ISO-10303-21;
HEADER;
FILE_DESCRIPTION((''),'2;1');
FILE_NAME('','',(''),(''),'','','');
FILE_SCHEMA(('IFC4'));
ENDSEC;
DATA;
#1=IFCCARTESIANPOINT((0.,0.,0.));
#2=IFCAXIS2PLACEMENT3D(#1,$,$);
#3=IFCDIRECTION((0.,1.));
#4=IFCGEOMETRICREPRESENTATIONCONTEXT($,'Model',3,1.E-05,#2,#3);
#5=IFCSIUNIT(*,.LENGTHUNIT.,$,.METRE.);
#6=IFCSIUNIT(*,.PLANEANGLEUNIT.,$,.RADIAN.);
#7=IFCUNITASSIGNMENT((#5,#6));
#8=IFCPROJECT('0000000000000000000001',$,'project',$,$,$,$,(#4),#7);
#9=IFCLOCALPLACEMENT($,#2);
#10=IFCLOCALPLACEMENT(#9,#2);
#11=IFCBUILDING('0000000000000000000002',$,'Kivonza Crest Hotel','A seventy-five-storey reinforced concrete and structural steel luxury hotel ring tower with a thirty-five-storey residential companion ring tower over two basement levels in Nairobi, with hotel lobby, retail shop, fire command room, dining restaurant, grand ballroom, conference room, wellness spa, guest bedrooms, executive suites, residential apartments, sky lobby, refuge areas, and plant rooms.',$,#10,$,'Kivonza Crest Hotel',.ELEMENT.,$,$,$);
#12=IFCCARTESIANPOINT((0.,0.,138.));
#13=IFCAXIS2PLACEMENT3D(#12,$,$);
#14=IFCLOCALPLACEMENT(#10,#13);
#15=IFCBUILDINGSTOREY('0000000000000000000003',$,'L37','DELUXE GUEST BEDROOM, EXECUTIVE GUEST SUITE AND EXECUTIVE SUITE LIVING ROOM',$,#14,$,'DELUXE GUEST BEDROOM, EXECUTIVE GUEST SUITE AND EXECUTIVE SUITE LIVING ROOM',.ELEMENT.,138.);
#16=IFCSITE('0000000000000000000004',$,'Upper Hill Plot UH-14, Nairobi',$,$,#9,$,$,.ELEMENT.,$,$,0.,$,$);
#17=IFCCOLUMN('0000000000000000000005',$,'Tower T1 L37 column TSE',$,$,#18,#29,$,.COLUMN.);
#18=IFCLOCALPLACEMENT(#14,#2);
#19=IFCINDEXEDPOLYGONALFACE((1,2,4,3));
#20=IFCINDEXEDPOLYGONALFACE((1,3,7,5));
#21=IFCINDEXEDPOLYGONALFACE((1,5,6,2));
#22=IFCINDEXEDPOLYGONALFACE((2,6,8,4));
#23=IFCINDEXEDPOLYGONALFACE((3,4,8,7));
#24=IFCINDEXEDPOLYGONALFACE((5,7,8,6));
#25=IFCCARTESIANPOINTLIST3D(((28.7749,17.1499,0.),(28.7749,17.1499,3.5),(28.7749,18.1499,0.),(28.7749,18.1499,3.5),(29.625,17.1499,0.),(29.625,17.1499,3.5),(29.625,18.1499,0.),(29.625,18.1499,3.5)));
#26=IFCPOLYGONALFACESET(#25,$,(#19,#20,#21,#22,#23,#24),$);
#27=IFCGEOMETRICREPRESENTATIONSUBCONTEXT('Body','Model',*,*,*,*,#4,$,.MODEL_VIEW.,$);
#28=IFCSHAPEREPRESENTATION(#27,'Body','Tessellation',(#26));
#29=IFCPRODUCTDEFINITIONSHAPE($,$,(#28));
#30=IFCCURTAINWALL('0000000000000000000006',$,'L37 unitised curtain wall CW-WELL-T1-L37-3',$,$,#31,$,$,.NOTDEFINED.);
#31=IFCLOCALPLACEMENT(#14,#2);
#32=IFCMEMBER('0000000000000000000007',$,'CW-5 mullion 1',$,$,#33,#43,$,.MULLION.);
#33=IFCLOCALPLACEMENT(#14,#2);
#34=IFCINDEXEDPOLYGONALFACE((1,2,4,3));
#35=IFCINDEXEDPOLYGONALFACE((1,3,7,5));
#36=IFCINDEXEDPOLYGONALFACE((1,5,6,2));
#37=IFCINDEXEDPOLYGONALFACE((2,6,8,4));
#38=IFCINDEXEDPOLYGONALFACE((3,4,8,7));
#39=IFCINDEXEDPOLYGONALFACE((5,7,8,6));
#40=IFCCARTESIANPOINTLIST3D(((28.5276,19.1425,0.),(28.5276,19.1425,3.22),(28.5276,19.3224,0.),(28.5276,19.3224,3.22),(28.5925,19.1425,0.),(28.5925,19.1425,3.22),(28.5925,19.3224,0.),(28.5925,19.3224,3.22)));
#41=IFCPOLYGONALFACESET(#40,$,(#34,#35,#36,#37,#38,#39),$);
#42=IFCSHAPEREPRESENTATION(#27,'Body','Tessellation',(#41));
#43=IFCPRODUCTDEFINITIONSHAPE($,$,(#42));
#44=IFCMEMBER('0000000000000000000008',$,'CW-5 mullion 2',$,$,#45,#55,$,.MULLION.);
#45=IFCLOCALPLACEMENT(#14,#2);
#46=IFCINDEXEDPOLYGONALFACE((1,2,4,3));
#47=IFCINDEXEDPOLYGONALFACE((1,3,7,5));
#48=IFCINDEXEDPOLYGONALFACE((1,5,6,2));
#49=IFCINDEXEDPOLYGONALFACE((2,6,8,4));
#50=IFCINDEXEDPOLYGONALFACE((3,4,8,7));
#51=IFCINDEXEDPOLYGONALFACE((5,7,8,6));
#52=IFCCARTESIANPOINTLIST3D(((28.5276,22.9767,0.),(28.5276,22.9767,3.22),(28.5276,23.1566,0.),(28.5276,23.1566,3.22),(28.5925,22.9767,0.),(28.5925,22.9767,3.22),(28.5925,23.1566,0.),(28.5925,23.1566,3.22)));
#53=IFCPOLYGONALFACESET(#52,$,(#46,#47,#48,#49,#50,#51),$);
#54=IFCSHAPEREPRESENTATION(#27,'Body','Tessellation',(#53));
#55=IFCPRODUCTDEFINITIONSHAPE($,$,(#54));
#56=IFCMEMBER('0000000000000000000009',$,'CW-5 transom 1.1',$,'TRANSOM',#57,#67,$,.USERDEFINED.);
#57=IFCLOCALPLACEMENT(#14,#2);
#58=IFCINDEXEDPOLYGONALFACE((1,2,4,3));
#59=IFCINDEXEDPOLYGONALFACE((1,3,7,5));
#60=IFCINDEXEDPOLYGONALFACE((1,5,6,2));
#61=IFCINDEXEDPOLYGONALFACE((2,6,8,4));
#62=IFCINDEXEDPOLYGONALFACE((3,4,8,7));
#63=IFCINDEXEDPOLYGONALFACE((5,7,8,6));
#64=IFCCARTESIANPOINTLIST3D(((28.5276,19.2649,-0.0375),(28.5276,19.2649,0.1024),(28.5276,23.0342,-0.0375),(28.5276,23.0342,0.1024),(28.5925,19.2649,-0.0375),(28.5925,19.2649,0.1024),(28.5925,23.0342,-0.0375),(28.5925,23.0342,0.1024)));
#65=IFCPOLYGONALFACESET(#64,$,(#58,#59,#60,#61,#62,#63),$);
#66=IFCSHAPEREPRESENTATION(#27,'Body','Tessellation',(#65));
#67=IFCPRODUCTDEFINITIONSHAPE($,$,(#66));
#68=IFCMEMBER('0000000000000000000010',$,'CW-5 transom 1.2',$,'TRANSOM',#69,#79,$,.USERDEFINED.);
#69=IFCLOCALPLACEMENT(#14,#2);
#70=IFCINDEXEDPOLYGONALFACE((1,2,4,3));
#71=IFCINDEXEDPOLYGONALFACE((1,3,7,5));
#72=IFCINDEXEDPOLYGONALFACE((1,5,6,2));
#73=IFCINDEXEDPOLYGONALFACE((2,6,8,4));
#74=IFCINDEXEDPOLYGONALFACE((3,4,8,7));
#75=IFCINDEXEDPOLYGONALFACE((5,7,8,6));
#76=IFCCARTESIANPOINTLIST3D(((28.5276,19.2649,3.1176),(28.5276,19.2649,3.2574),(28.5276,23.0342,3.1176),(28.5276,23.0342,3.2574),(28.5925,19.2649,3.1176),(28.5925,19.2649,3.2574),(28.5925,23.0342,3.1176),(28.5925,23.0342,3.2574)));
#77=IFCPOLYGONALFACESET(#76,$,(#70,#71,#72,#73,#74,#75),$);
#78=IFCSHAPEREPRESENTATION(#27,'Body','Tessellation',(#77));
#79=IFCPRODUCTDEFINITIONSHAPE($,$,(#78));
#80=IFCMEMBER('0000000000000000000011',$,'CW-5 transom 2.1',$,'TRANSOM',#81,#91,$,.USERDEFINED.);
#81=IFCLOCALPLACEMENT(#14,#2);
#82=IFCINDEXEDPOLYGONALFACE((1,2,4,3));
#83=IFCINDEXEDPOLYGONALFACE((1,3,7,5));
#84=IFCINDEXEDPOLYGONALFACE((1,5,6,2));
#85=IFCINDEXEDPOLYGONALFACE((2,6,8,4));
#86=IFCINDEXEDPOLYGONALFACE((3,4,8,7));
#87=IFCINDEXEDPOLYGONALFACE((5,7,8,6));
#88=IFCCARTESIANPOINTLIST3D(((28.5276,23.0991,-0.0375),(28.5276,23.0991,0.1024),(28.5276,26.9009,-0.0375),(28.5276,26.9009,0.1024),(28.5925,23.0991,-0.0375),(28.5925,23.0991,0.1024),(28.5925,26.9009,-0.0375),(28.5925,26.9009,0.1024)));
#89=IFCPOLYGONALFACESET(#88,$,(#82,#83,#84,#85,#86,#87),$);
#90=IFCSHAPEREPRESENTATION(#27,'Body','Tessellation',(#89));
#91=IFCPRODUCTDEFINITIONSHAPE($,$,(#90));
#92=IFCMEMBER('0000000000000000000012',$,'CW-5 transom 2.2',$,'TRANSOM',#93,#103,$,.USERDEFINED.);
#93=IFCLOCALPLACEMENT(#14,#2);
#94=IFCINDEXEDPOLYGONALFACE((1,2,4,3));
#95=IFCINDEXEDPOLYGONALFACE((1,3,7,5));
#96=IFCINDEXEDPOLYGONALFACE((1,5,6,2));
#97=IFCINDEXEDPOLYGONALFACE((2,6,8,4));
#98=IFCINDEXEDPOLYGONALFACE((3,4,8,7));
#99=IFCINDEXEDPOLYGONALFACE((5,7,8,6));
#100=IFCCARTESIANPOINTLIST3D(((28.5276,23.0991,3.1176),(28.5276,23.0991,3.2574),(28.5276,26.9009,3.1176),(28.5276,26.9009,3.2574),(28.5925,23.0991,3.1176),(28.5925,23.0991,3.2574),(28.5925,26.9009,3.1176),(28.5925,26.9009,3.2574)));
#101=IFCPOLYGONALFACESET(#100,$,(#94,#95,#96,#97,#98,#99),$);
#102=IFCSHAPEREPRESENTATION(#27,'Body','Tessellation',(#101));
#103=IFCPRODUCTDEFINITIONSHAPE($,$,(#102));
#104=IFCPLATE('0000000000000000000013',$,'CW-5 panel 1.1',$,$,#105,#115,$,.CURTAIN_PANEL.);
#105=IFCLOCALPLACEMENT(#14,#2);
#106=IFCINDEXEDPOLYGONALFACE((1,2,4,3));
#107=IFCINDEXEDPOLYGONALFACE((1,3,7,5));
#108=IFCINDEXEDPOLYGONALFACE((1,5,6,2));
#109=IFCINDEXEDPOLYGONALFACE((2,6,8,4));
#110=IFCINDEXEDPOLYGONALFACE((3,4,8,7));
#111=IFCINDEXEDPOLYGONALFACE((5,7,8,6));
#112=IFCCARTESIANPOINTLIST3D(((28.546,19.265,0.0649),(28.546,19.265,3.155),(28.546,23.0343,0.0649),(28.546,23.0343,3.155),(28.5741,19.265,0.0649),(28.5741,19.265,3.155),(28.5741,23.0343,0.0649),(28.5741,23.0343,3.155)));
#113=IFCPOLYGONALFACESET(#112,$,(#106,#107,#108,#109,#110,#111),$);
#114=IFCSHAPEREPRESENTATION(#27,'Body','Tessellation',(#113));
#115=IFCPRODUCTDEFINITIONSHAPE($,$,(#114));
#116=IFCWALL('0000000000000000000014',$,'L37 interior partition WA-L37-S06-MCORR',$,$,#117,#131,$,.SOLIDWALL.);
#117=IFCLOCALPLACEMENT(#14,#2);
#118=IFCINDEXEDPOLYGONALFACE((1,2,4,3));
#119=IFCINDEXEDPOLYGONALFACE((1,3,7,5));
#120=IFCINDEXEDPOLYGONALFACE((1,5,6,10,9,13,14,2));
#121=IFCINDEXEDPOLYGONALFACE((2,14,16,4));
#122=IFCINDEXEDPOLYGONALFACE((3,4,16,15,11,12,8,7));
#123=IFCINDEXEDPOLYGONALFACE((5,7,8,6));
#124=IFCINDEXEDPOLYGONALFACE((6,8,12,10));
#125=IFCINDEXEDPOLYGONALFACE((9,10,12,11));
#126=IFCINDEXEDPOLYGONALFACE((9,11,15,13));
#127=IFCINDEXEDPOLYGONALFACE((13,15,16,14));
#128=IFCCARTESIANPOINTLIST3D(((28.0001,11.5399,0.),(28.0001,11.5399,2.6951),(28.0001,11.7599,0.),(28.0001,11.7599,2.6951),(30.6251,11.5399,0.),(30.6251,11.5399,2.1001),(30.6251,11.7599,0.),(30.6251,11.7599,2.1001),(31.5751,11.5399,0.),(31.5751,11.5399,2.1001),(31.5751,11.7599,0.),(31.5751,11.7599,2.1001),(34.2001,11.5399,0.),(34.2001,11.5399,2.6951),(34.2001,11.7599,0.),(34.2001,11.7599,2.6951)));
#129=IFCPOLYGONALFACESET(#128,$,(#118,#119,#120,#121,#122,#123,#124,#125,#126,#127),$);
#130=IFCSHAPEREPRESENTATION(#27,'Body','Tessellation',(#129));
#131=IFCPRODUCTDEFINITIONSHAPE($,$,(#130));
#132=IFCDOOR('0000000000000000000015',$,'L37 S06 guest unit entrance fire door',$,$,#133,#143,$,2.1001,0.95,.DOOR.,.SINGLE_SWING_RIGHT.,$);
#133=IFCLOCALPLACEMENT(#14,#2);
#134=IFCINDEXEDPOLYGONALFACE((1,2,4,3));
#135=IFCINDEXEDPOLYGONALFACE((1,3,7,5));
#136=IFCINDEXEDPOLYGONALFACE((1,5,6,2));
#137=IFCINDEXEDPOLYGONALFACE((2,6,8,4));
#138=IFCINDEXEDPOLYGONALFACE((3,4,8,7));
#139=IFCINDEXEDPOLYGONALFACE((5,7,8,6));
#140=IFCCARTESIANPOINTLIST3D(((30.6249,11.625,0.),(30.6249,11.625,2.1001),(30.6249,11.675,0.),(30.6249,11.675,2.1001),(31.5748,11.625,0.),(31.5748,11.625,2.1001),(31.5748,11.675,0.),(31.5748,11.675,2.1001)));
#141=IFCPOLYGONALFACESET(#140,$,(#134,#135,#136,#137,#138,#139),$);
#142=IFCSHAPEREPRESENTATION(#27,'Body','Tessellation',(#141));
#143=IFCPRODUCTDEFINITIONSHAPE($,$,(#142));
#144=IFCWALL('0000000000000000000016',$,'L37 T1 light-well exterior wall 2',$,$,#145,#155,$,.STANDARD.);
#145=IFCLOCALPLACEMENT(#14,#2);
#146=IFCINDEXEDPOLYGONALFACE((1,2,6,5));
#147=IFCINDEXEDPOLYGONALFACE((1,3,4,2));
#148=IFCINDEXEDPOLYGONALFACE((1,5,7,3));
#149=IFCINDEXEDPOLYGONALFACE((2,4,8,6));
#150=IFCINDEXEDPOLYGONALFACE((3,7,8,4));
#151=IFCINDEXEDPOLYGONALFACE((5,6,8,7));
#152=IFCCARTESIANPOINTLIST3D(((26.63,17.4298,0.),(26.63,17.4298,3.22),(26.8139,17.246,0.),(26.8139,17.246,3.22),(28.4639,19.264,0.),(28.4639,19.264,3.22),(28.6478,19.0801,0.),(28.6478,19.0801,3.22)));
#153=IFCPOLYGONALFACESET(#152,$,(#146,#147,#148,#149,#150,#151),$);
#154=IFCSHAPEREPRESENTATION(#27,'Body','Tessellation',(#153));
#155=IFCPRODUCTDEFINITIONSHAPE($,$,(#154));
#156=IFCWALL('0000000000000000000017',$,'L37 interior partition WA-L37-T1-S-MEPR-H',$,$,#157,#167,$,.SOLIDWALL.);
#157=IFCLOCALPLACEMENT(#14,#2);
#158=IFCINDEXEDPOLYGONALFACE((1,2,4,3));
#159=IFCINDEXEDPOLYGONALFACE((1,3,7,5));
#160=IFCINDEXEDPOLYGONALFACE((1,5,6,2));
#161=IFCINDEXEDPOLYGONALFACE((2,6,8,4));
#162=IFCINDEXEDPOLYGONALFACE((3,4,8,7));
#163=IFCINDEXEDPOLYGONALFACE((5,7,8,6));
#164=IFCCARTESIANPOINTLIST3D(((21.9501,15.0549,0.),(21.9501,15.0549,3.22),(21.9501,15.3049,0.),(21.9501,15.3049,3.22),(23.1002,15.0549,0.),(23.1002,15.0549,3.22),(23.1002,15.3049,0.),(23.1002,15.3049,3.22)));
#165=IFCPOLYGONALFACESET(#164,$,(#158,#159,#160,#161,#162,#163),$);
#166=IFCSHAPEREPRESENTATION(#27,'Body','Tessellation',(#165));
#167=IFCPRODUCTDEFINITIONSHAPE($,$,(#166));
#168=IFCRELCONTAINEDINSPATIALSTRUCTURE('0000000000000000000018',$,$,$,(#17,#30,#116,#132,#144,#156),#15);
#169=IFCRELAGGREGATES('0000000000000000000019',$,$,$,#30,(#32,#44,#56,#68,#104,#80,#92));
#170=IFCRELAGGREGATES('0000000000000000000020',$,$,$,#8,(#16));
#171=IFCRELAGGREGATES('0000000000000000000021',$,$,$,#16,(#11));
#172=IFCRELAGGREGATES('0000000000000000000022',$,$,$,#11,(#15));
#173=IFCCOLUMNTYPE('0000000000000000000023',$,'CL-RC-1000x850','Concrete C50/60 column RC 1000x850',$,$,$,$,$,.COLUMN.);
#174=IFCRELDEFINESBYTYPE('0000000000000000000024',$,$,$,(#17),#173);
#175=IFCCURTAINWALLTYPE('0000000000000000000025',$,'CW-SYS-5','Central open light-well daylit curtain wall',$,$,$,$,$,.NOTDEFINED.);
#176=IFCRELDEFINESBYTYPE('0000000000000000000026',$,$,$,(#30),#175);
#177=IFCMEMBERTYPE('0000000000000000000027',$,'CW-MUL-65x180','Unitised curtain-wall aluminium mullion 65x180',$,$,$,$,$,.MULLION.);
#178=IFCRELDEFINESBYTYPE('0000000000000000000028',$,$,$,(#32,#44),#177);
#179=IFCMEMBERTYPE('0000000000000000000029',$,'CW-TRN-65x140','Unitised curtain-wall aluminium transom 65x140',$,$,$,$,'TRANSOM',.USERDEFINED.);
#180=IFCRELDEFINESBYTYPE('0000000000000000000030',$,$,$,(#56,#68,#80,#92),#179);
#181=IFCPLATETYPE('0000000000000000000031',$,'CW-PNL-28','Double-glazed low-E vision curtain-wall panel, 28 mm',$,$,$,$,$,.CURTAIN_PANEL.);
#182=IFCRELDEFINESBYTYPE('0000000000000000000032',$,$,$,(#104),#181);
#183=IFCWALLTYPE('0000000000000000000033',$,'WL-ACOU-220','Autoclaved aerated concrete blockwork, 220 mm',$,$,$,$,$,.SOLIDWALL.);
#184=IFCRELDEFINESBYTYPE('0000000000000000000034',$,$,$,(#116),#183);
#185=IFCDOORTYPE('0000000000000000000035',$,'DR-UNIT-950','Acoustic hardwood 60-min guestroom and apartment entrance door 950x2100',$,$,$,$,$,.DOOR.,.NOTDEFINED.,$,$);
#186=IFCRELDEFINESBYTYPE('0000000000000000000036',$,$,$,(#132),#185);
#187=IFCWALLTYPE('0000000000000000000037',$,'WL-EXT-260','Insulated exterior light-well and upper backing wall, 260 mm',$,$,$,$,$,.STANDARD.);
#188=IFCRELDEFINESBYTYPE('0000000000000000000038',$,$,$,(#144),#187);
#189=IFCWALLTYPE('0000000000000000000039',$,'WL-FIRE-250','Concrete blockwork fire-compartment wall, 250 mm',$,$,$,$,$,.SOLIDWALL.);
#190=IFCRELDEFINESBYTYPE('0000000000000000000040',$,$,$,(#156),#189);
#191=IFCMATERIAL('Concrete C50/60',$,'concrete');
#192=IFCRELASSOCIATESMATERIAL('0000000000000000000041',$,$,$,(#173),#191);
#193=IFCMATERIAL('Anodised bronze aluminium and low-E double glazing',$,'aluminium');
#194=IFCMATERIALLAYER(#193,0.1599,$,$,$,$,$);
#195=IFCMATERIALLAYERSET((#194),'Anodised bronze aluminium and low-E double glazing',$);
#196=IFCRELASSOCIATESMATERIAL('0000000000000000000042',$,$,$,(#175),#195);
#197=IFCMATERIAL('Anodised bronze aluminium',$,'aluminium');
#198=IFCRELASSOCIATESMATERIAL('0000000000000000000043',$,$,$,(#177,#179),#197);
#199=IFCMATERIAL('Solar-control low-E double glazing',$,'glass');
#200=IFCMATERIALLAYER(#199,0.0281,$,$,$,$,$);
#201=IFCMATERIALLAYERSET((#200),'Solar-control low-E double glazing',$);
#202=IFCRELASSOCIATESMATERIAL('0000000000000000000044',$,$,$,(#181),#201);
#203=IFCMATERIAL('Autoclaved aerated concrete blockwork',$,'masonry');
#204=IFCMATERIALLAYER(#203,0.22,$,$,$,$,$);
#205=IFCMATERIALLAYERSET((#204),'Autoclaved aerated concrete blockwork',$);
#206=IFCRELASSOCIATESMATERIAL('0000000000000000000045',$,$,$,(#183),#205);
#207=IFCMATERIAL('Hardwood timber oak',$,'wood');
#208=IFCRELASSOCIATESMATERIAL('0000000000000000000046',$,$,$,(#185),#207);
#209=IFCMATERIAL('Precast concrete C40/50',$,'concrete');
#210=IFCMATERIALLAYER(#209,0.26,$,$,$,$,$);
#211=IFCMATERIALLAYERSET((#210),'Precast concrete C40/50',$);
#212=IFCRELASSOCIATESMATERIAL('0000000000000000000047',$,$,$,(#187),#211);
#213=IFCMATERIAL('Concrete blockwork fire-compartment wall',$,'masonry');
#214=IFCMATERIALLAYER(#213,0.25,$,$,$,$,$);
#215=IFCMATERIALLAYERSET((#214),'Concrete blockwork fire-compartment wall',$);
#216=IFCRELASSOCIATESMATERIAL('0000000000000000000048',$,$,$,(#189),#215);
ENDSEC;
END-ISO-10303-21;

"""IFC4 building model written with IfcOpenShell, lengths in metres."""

from ifc_helpers import new_model, si_unit, direction, frame, frame_2d, origin, origin_2d, place, context, subcontext, project, spatial, rectangle, extrude, material, layer, layer_set, material_profile, profile_set, type_object, element, fill, aggregate, save


model = new_model("IFC4")

# Units and contexts
model_context = context("Model", 3, precision=1e-05, world=origin(), true_north=direction((0.0, 1.0)))
body_context = subcontext(model_context, "Body", "Model", "MODEL_VIEW")
ifc_project = project(units=[si_unit("LENGTHUNIT", "METRE"), si_unit("PLANEANGLEUNIT", "RADIAN")], contexts=[model_context])

# Site, building, storey
site_placement = place(None, origin())
site = spatial("IfcSite", under=ifc_project, at=site_placement, Name="Upper Hill Plot UH-14, Nairobi", CompositionType="ELEMENT", RefElevation=0.0)
building_placement = place(site_placement, origin())
building = spatial("IfcBuilding", under=site, at=building_placement, Name="Kivonza Crest Hotel", Description="A seventy-five-storey reinforced concrete and structural steel luxury hotel ring tower with a thirty-five-storey residential companion ring tower over two basement levels in Nairobi, with hotel lobby, retail shop, fire command room, dining restaurant, grand ballroom, conference room, wellness spa, guest bedrooms, executive suites, residential apartments, sky lobby, refuge areas, and plant rooms.", LongName="Kivonza Crest Hotel", CompositionType="ELEMENT")
storey_placement = place(building_placement, frame((0.0, 0.0, 138.0)))
storey = spatial("IfcBuildingStorey", under=building, at=storey_placement, Name="L37", Description="DELUXE GUEST BEDROOM, EXECUTIVE GUEST SUITE AND EXECUTIVE SUITE LIVING ROOM", LongName="DELUXE GUEST BEDROOM, EXECUTIVE GUEST SUITE AND EXECUTIVE SUITE LIVING ROOM", CompositionType="ELEMENT", Elevation=138.0)

# Column
ifc_material_1 = material(Name="Concrete C50/60", Category="concrete")
ifc_material_profile_1 = material_profile(ifc_material_1, rectangle(XDim=0.8501, YDim=1.0, at=origin_2d()), Name="RC 1000x850")
ifc_profile_set_1 = profile_set([ifc_material_profile_1], Name="Concrete C50/60")
column_type = type_object("IfcColumnType", Name="CL-RC-1000x850", Description="Concrete C50/60 column RC 1000x850", PredefinedType="COLUMN", material=ifc_profile_set_1)
column_placement = place(storey_placement, frame((29.2, 17.6499, 0.0), z_axis=(0.0, 0.0, 1.0), x_axis=(1.0, 0.0, 0.0)))
element("IfcColumn", 1, at=column_placement, inside=storey, type_object=column_type, Name="Tower T1 L37 column TSE", PredefinedType="COLUMN", context=body_context, shape_type="SweptSolid", body=[
    extrude(rectangle(XDim=0.8501, YDim=1.0, at=origin_2d()), origin(), (0.0, 0.0, 1.0), 3.5),
])

# Curtain wall, members, plate
ifc_material_2 = material(Name="Anodised bronze aluminium and low-E double glazing", Category="aluminium")
ifc_layer_1 = layer(ifc_material_2, 0.1599)
ifc_layer_set_1 = layer_set([ifc_layer_1], Name="Anodised bronze aluminium and low-E double glazing")
curtain_wall_type = type_object("IfcCurtainWallType", Name="CW-SYS-5", Description="Central open light-well daylit curtain wall", PredefinedType="NOTDEFINED", material=ifc_layer_set_1)
curtain_wall_placement = place(storey_placement, origin())
curtain_wall = element("IfcCurtainWall", 2, at=curtain_wall_placement, inside=storey, type_object=curtain_wall_type, Name="L37 unitised curtain wall CW-WELL-T1-L37-3", PredefinedType="NOTDEFINED")
ifc_material_3 = material(Name="Anodised bronze aluminium", Category="aluminium")
ifc_material_profile_2 = material_profile(ifc_material_3, rectangle(XDim=0.0649, YDim=0.1799, at=origin_2d()), Name="CW-M 65x180")
ifc_profile_set_2 = profile_set([ifc_material_profile_2], Name="Anodised bronze aluminium")
member_type_1 = type_object("IfcMemberType", Name="CW-MUL-65x180", Description="Unitised curtain-wall aluminium mullion 65x180", PredefinedType="MULLION", material=ifc_profile_set_2)
member_1_placement = place(storey_placement, frame((28.5601, 19.2324, 0.0), z_axis=(0.0, 0.0, 1.0), x_axis=(-1.0, 0.0, 0.0)))
member_1 = element("IfcMember", 3, at=member_1_placement, type_object=member_type_1, Name="CW-5 mullion 1", PredefinedType="MULLION", context=body_context, shape_type="SweptSolid", body=[
    extrude(rectangle(XDim=0.0649, YDim=0.1799, at=origin_2d()), origin(), (0.0, 0.0, 1.0), 3.22),
])
member_2_placement = place(storey_placement, frame((28.5601, 23.0667, 0.0), z_axis=(0.0, 0.0, 1.0), x_axis=(-1.0, 0.0, 0.0)))
member_2 = element("IfcMember", 4, at=member_2_placement, type_object=member_type_1, Name="CW-5 mullion 2", PredefinedType="MULLION", context=body_context, shape_type="SweptSolid", body=[
    extrude(rectangle(XDim=0.0649, YDim=0.1799, at=origin_2d()), origin(), (0.0, 0.0, 1.0), 3.22),
])
ifc_material_profile_3 = material_profile(ifc_material_3, rectangle(XDim=0.0649, YDim=0.1399, at=origin_2d()), Name="CW-T 65x140")
ifc_profile_set_3 = profile_set([ifc_material_profile_3], Name="Anodised bronze aluminium")
member_type_2 = type_object("IfcMemberType", Name="CW-TRN-65x140", Description="Unitised curtain-wall aluminium transom 65x140", ElementType="TRANSOM", PredefinedType="USERDEFINED", material=ifc_profile_set_3)
member_3_placement = place(storey_placement, frame((28.5601, 19.2649, 0.0325), z_axis=(0.0, 1.0, 0.0), x_axis=(-1.0, 0.0, 0.0)))
member_3 = element("IfcMember", 5, at=member_3_placement, type_object=member_type_2, Name="CW-5 transom 1.1", ObjectType="TRANSOM", PredefinedType="USERDEFINED", context=body_context, shape_type="SweptSolid", body=[
    extrude(rectangle(XDim=0.0649, YDim=0.1399, at=origin_2d()), origin(), (0.0, 0.0, 1.0), 3.7693),
])
member_4_placement = place(storey_placement, frame((28.5601, 19.2649, 3.1875), z_axis=(0.0, 1.0, 0.0), x_axis=(-1.0, 0.0, 0.0)))
member_4 = element("IfcMember", 6, at=member_4_placement, type_object=member_type_2, Name="CW-5 transom 1.2", ObjectType="TRANSOM", PredefinedType="USERDEFINED", context=body_context, shape_type="SweptSolid", body=[
    extrude(rectangle(XDim=0.0649, YDim=0.1399, at=origin_2d()), origin(), (0.0, 0.0, 1.0), 3.7693),
])
member_5_placement = place(storey_placement, frame((28.5601, 23.0991, 0.0325), z_axis=(0.0, 1.0, 0.0), x_axis=(-1.0, 0.0, 0.0)))
member_5 = element("IfcMember", 7, at=member_5_placement, type_object=member_type_2, Name="CW-5 transom 2.1", ObjectType="TRANSOM", PredefinedType="USERDEFINED", context=body_context, shape_type="SweptSolid", body=[
    extrude(rectangle(XDim=0.0649, YDim=0.1399, at=origin_2d()), origin(), (0.0, 0.0, 1.0), 3.8018),
])
member_6_placement = place(storey_placement, frame((28.5601, 23.0991, 3.1875), z_axis=(0.0, 1.0, 0.0), x_axis=(-1.0, 0.0, 0.0)))
member_6 = element("IfcMember", 8, at=member_6_placement, type_object=member_type_2, Name="CW-5 transom 2.2", ObjectType="TRANSOM", PredefinedType="USERDEFINED", context=body_context, shape_type="SweptSolid", body=[
    extrude(rectangle(XDim=0.0649, YDim=0.1399, at=origin_2d()), origin(), (0.0, 0.0, 1.0), 3.8018),
])
ifc_material_4 = material(Name="Solar-control low-E double glazing", Category="glass")
ifc_layer_2 = layer(ifc_material_4, 0.0281)
ifc_layer_set_2 = layer_set([ifc_layer_2], Name="Solar-control low-E double glazing")
plate_type = type_object("IfcPlateType", Name="CW-PNL-28", Description="Double-glazed low-E vision curtain-wall panel, 28 mm", PredefinedType="CURTAIN_PANEL", material=ifc_layer_set_2)
plate_placement = place(storey_placement, frame((28.5601, 21.1497, 0.0649), z_axis=(0.0, 0.0, 1.0), x_axis=(0.0, 1.0, 0.0)))
plate = element("IfcPlate", 9, at=plate_placement, type_object=plate_type, Name="CW-5 panel 1.1", PredefinedType="CURTAIN_PANEL", context=body_context, shape_type="SweptSolid", body=[
    extrude(rectangle(XDim=3.7693, YDim=0.0281, at=origin_2d()), origin(), (0.0, 0.0, 1.0), 3.0901),
])
aggregate(curtain_wall, [member_1, member_2, member_3, member_4, plate, member_5, member_6])

# Wall, opening, door
ifc_material_5 = material(Name="Autoclaved aerated concrete blockwork", Category="masonry")
ifc_layer_3 = layer(ifc_material_5, 0.22)
ifc_layer_set_3 = layer_set([ifc_layer_3], Name="Autoclaved aerated concrete blockwork")
wall_type_1 = type_object("IfcWallType", Name="WL-ACOU-220", Description="Autoclaved aerated concrete blockwork, 220 mm", PredefinedType="SOLIDWALL", material=ifc_layer_set_3)
wall_1_placement = place(storey_placement, frame((28.0, 11.6499, 0.0), z_axis=(0.0, 0.0, 1.0), x_axis=(1.0, 0.0, 0.0)))
wall_1 = element("IfcWall", 10, at=wall_1_placement, inside=storey, type_object=wall_type_1, Name="L37 interior partition WA-L37-S06-MCORR", PredefinedType="SOLIDWALL", context=body_context, shape_type="SweptSolid", body=[
    extrude(rectangle(XDim=6.2, YDim=0.22, at=frame_2d((3.1001, 0.0))), origin(), (0.0, 0.0, 1.0), 2.6951),
])
opening_1_placement = place(wall_1_placement, frame((2.625, 0.0, 0.0)))
opening_1 = element("IfcOpeningElement", 11, at=opening_1_placement, cuts=wall_1, PredefinedType="OPENING", context=body_context, shape_type="SweptSolid", body=[
    extrude(rectangle(XDim=0.95, YDim=2.1001, at=frame_2d((0.4751, 1.05))), frame((0.0, 0.1201, 0.0), z_axis=(0.0, -1.0, 0.0), x_axis=(1.0, 0.0, 0.0)), (0.0, 0.0, 1.0), 0.24),
])
ifc_material_6 = material(Name="Hardwood timber oak", Category="wood")
door_type_1 = type_object("IfcDoorType", Name="DR-UNIT-950", Description="Acoustic hardwood 60-min guestroom and apartment entrance door 950x2100", OperationType="NOTDEFINED", PredefinedType="DOOR", material=ifc_material_6)
door_1_placement = place(opening_1_placement, frame((0.95, 0.0, 0.0), z_axis=(0.0, 0.0, 1.0), x_axis=(-1.0, 0.0, 0.0)))
door_1 = element("IfcDoor", 12, at=door_1_placement, inside=storey, type_object=door_type_1, Name="L37 S06 guest unit entrance fire door", OperationType="SINGLE_SWING_RIGHT", OverallHeight=2.1001, OverallWidth=0.95, PredefinedType="DOOR", context=body_context, shape_type="SweptSolid", body=[
    extrude(rectangle(XDim=0.95, YDim=2.1001, at=frame_2d((0.4751, 1.05))), frame((0.0, 0.0249, 0.0), z_axis=(0.0, -1.0, 0.0), x_axis=(1.0, 0.0, 0.0)), (0.0, 0.0, 1.0), 0.05),
])
fill(opening_1, door_1)

# Walls
ifc_material_7 = material(Name="Precast concrete C40/50", Category="concrete")
ifc_layer_4 = layer(ifc_material_7, 0.26)
ifc_layer_set_4 = layer_set([ifc_layer_4], Name="Precast concrete C40/50")
wall_type_2 = type_object("IfcWallType", Name="WL-EXT-260", Description="Insulated exterior light-well and upper backing wall, 260 mm", PredefinedType="STANDARD", material=ifc_layer_set_4)
wall_2_placement = place(storey_placement, frame((26.7219, 17.3379, 0.0), z_axis=(0.0, 0.0, 1.0), x_axis=(0.70706, 0.707154, 0.0)))
element("IfcWall", 13, at=wall_2_placement, inside=storey, type_object=wall_type_2, Name="L37 T1 light-well exterior wall 2", PredefinedType="STANDARD", context=body_context, shape_type="SweptSolid", body=[
    extrude(rectangle(XDim=2.5938, YDim=0.26, at=frame_2d((1.2969, 0.0))), origin(), (0.0, 0.0, 1.0), 3.22),
])
ifc_material_8 = material(Name="Concrete blockwork fire-compartment wall", Category="masonry")
ifc_layer_5 = layer(ifc_material_8, 0.25)
ifc_layer_set_5 = layer_set([ifc_layer_5], Name="Concrete blockwork fire-compartment wall")
wall_type_3 = type_object("IfcWallType", Name="WL-FIRE-250", Description="Concrete blockwork fire-compartment wall, 250 mm", PredefinedType="SOLIDWALL", material=ifc_layer_set_5)
wall_3_placement = place(storey_placement, frame((21.95, 15.1799, 0.0), z_axis=(0.0, 0.0, 1.0), x_axis=(1.0, 0.0, 0.0)))
element("IfcWall", 14, at=wall_3_placement, inside=storey, type_object=wall_type_3, Name="L37 interior partition WA-L37-T1-S-MEPR-H", PredefinedType="SOLIDWALL", context=body_context, shape_type="SweptSolid", body=[
    extrude(rectangle(XDim=1.1501, YDim=0.25, at=frame_2d((0.5752, 0.0))), origin(), (0.0, 0.0, 1.0), 3.22),
])

save(model, "model.ifc")
